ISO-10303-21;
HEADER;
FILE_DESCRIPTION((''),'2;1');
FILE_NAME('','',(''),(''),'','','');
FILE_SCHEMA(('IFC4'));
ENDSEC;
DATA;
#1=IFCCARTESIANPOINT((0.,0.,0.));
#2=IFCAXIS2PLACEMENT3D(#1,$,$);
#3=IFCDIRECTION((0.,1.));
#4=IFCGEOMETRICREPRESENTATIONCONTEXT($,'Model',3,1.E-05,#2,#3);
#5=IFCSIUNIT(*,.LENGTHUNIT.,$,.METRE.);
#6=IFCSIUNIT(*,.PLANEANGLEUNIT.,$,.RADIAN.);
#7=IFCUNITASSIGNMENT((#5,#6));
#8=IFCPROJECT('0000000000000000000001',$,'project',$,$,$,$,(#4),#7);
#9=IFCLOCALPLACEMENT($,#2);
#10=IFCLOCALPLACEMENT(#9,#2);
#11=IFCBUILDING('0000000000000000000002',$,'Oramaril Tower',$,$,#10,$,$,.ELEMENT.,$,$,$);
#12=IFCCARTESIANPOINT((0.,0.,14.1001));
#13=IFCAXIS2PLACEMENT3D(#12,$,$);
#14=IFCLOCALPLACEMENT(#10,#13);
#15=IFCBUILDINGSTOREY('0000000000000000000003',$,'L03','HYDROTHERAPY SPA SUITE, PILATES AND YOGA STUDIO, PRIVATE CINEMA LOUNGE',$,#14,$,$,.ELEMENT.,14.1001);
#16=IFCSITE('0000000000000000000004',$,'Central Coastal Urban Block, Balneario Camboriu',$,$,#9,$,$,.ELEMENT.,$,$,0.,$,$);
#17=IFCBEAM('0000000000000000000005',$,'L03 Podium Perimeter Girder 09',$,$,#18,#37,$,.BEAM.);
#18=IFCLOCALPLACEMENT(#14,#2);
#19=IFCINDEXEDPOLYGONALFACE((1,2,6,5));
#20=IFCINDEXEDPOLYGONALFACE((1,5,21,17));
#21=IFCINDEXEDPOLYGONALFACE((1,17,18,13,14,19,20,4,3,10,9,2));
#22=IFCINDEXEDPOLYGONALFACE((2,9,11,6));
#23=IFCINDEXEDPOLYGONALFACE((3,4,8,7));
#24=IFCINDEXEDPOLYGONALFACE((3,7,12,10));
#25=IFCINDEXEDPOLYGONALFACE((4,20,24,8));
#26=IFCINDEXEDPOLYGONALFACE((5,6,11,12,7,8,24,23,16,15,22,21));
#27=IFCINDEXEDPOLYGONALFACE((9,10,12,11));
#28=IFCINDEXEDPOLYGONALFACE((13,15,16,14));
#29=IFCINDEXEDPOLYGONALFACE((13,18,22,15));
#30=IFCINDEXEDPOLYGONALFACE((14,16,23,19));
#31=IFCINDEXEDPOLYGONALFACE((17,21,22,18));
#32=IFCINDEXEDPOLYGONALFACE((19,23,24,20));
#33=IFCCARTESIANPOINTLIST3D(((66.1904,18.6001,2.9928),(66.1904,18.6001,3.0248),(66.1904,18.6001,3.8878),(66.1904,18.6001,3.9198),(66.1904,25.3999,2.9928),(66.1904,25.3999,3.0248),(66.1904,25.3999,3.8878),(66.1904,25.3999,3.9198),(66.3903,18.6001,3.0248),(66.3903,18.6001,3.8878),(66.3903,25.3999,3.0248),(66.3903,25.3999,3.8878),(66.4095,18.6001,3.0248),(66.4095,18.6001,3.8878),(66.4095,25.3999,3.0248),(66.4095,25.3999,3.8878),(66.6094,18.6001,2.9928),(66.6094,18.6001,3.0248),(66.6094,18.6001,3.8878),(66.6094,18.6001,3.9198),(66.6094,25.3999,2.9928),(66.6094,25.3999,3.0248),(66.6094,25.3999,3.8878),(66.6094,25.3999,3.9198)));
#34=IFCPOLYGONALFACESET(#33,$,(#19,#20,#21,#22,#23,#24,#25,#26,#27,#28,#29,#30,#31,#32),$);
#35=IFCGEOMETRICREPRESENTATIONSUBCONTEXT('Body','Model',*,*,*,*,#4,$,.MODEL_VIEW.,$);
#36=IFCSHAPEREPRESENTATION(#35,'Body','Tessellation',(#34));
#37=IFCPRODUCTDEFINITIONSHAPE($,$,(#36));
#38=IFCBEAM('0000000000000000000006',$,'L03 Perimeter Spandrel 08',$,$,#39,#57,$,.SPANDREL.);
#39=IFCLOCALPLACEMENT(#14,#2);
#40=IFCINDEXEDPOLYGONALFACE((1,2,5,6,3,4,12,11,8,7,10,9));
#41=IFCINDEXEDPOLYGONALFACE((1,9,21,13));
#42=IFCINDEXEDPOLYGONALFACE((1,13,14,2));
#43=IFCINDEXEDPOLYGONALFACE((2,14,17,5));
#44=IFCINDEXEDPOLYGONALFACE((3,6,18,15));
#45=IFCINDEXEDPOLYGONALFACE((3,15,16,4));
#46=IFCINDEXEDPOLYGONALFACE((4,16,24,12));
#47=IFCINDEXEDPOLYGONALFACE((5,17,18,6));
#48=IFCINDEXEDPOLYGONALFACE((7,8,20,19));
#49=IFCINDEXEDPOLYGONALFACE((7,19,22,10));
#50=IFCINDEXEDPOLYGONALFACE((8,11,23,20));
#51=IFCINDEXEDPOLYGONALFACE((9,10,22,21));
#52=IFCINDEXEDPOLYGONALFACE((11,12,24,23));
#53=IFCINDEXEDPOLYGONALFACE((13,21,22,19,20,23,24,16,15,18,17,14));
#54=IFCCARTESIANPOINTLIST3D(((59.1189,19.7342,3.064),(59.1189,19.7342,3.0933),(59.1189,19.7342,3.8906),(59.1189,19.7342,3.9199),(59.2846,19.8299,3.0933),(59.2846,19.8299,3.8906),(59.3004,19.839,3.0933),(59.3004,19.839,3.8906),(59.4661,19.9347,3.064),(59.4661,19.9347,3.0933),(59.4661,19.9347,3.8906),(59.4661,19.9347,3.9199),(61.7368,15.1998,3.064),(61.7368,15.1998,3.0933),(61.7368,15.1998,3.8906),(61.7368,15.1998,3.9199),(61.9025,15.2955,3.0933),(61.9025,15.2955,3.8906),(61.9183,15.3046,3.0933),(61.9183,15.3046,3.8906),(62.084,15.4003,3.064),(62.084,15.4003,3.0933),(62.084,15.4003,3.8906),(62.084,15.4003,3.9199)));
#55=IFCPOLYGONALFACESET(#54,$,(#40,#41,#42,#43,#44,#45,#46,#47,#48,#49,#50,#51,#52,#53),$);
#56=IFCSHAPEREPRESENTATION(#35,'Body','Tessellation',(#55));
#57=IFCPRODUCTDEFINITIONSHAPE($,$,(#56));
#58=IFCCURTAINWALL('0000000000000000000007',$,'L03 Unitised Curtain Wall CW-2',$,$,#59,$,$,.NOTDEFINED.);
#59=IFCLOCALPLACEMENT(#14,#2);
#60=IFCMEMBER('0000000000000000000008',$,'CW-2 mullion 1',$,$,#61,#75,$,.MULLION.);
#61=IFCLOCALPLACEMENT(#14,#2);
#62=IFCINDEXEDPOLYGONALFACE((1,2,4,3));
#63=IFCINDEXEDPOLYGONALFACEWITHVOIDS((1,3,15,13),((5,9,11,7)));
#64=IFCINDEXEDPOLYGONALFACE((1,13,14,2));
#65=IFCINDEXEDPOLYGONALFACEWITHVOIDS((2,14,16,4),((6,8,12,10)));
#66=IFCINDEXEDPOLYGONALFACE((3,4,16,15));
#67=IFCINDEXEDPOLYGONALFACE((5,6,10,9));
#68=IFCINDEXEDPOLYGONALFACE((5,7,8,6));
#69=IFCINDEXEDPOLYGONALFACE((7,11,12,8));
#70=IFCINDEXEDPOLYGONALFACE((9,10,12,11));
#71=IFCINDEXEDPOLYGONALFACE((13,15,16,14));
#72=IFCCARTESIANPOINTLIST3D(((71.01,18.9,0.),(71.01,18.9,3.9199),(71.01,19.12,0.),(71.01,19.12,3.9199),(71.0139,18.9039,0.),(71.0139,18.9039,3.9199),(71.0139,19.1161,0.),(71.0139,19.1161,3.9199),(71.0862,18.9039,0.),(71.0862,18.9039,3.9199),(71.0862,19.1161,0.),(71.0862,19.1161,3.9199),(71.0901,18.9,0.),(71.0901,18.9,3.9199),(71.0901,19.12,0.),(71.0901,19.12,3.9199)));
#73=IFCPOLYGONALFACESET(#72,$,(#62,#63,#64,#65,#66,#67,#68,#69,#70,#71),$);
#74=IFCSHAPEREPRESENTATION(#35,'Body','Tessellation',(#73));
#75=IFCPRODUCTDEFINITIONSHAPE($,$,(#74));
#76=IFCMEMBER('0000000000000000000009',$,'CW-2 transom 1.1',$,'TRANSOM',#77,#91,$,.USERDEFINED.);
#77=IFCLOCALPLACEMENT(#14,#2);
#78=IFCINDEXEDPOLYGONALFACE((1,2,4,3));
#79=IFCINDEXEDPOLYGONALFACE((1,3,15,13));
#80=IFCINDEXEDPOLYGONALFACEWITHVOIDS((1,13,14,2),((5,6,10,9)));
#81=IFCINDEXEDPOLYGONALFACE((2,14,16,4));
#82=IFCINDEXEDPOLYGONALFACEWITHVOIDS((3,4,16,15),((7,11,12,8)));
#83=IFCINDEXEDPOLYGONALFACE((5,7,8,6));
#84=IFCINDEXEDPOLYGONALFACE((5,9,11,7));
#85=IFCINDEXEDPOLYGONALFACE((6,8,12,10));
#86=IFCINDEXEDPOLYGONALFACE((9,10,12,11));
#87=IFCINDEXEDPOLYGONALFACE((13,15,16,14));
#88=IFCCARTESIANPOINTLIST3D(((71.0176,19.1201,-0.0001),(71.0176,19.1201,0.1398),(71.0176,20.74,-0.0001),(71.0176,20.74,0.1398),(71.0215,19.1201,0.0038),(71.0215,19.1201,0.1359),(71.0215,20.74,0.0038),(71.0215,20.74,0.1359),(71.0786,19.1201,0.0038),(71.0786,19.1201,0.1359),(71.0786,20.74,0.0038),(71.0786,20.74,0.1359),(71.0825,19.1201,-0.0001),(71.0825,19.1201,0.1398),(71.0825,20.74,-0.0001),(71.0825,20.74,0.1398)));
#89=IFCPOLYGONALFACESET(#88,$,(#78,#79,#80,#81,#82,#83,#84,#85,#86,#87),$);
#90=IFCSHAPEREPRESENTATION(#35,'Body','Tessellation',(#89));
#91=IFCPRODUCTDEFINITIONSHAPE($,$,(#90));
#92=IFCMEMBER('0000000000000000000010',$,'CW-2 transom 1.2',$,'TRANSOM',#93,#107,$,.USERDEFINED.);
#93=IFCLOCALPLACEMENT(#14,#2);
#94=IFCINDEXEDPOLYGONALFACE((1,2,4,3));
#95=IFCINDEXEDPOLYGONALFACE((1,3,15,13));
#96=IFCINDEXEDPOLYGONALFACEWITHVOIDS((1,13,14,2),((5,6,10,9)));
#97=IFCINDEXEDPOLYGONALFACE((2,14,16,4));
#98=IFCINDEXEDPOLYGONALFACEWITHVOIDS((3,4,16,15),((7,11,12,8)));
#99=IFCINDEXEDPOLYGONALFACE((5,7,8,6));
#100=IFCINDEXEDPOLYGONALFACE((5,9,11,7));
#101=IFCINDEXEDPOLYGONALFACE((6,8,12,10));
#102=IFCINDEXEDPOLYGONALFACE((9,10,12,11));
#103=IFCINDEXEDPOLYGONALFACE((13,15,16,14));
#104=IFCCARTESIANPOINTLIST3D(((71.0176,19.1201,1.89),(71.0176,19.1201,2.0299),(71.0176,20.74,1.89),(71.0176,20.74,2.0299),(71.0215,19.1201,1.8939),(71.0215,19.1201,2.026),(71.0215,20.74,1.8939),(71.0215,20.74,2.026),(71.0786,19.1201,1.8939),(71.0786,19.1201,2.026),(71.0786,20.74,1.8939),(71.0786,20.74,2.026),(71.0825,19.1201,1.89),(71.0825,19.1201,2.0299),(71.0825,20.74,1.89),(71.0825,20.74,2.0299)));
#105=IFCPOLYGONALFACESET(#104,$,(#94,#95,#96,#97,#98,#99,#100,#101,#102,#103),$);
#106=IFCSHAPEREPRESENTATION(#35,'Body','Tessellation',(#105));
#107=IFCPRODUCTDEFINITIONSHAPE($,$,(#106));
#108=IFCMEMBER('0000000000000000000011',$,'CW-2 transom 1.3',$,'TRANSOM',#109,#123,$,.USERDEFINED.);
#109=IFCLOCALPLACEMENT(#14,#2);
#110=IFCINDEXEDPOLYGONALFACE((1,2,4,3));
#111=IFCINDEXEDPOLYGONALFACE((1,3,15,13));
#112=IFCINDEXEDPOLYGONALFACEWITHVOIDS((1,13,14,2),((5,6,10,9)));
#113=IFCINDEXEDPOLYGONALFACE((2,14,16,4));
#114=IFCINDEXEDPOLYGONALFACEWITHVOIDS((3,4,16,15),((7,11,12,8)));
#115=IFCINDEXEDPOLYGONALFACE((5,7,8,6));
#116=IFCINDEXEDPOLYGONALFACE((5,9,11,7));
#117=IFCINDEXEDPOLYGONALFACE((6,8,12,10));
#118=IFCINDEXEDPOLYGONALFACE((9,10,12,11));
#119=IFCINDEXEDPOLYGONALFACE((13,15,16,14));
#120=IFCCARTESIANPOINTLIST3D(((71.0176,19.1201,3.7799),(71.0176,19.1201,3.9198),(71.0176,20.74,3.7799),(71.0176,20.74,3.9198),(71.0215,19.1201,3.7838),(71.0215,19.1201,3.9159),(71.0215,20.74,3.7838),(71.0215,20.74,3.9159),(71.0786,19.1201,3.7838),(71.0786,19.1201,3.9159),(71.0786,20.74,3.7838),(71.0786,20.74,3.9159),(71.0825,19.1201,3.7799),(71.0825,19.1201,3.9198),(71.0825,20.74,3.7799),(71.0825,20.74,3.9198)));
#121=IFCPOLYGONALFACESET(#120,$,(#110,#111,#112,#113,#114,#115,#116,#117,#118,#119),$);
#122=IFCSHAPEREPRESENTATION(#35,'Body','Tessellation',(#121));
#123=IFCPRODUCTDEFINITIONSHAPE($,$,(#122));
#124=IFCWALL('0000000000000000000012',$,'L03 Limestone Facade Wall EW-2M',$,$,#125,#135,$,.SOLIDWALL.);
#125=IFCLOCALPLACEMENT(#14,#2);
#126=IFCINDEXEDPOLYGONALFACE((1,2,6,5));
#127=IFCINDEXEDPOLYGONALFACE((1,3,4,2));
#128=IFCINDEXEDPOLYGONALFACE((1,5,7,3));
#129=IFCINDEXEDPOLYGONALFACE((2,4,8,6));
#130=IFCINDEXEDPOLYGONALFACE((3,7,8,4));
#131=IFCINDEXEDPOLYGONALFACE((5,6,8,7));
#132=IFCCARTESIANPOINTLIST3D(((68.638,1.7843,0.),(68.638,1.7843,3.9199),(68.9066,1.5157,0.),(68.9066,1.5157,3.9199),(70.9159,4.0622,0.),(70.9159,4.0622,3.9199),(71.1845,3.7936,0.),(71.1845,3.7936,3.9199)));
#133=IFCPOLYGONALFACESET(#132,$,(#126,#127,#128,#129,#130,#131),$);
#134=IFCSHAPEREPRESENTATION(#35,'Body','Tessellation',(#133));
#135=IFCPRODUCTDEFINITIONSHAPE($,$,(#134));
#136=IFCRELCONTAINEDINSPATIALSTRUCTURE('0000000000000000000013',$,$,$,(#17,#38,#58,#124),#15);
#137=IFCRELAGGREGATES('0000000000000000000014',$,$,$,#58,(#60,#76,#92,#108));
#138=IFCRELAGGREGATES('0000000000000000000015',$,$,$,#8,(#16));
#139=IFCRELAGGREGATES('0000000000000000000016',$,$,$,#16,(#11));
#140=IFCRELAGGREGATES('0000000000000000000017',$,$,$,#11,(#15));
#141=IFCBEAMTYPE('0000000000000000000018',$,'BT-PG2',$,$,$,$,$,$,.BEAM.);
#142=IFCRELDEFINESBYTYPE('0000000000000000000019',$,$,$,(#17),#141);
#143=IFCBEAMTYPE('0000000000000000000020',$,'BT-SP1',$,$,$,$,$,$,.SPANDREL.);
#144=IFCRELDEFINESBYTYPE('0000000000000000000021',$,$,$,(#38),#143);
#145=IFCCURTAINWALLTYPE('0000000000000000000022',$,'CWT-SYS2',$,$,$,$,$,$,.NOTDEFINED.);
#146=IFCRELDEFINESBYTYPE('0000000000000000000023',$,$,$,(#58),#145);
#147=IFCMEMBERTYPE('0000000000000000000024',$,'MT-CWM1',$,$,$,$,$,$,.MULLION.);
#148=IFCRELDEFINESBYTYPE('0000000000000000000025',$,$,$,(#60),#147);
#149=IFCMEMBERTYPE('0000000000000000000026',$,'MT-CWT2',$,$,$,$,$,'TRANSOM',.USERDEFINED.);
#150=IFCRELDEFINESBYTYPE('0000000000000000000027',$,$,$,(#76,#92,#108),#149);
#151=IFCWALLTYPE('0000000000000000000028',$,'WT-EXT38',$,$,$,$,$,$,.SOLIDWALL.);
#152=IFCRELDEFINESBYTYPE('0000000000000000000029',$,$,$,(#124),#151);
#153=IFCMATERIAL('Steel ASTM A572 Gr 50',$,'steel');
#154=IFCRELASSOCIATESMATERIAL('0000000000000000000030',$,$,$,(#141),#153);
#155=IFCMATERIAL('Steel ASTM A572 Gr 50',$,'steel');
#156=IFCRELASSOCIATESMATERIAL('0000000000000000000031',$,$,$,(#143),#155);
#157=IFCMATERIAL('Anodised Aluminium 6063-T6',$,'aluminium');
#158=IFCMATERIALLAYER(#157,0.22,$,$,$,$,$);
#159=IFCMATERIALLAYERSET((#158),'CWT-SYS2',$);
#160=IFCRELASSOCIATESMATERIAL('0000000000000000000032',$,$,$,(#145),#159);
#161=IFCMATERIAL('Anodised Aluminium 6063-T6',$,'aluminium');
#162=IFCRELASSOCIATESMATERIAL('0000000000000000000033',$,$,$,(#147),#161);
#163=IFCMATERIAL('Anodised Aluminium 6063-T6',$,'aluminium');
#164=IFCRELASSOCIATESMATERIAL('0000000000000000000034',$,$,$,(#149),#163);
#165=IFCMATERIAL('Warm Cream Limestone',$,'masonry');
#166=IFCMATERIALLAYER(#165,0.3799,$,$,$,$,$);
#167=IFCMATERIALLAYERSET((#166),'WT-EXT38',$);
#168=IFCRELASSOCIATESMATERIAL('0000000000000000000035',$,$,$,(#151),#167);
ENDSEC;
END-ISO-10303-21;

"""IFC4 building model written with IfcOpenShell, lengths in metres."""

from ifc_helpers import new_model, si_unit, direction, frame, frame_2d, origin, origin_2d, place, context, subcontext, project, spatial, rectangle, hollow_rectangle, i_section, extrude, material, layer, layer_set, material_profile, profile_set, type_object, element, aggregate, save


model = new_model("IFC4")

# Units and contexts
model_context = context("Model", 3, precision=1e-05, world=origin(), true_north=direction((0.0, 1.0)))
body_context = subcontext(model_context, "Body", "Model", "MODEL_VIEW")
ifc_project = project(units=[si_unit("LENGTHUNIT", "METRE"), si_unit("PLANEANGLEUNIT", "RADIAN")], contexts=[model_context])

# Site, building, storey
site_placement = place(None, origin())
site = spatial("IfcSite", under=ifc_project, at=site_placement, Name="Central Coastal Urban Block, Balneario Camboriu", CompositionType="ELEMENT", RefElevation=0.0)
building_placement = place(site_placement, origin())
building = spatial("IfcBuilding", under=site, at=building_placement, Name="Oramaril Tower", CompositionType="ELEMENT")
storey_placement = place(building_placement, frame((0.0, 0.0, 14.1001)))
storey = spatial("IfcBuildingStorey", under=building, at=storey_placement, Name="L03", Description="HYDROTHERAPY SPA SUITE, PILATES AND YOGA STUDIO, PRIVATE CINEMA LOUNGE", CompositionType="ELEMENT", Elevation=14.1001)

# Beams
ifc_material_1 = material(Name="Steel ASTM A572 Gr 50", Category="steel")
ifc_material_profile_1 = material_profile(ifc_material_1, i_section(OverallWidth=0.4189, OverallDepth=0.927, WebThickness=0.0193, FlangeThickness=0.032, at=origin_2d()), Name="W36X231")
ifc_profile_set_1 = profile_set([ifc_material_profile_1], Name="Steel ASTM A572 Gr 50")
beam_type_1 = type_object("IfcBeamType", Name="BT-PG2", PredefinedType="BEAM", material=ifc_profile_set_1)
beam_1_placement = place(storey_placement, frame((66.3999, 18.6001, 3.4563), z_axis=(0.0, 1.0, 0.0), x_axis=(-1.0, 0.0, 0.0)))
element("IfcBeam", 1, at=beam_1_placement, inside=storey, type_object=beam_type_1, Name="L03 Podium Perimeter Girder 09", PredefinedType="BEAM", context=body_context, shape_type="SweptSolid", body=[
    extrude(i_section(OverallWidth=0.4189, OverallDepth=0.927, WebThickness=0.0193, FlangeThickness=0.032, at=origin_2d()), origin(), (0.0, 0.0, 1.0), 6.7998),
])
ifc_material_2 = material(Name="Steel ASTM A572 Gr 50", Category="steel")
ifc_material_profile_2 = material_profile(ifc_material_2, i_section(OverallWidth=0.4009, OverallDepth=0.856, WebThickness=0.0183, FlangeThickness=0.0293, at=origin_2d()), Name="W33X201")
ifc_profile_set_2 = profile_set([ifc_material_profile_2], Name="Steel ASTM A572 Gr 50")
beam_type_2 = type_object("IfcBeamType", Name="BT-SP1", PredefinedType="SPANDREL", material=ifc_profile_set_2)
beam_2_placement = place(storey_placement, frame((61.9104, 15.3, 3.4919), z_axis=(-0.499996, 0.866028, 0.0), x_axis=(-0.866028, -0.499996, 0.0)))
element("IfcBeam", 2, at=beam_2_placement, inside=storey, type_object=beam_type_2, Name="L03 Perimeter Spandrel 08", PredefinedType="SPANDREL", context=body_context, shape_type="SweptSolid", body=[
    extrude(i_section(OverallWidth=0.4009, OverallDepth=0.856, WebThickness=0.0183, FlangeThickness=0.0293, at=origin_2d()), origin(), (0.0, 0.0, 1.0), 5.2358),
])

# Curtain wall, members
ifc_material_3 = material(Name="Anodised Aluminium 6063-T6", Category="aluminium")
ifc_layer_1 = layer(ifc_material_3, 0.22)
ifc_layer_set_1 = layer_set([ifc_layer_1], Name="CWT-SYS2")
curtain_wall_type = type_object("IfcCurtainWallType", Name="CWT-SYS2", PredefinedType="NOTDEFINED", material=ifc_layer_set_1)
curtain_wall_placement = place(storey_placement, origin())
curtain_wall = element("IfcCurtainWall", 3, at=curtain_wall_placement, inside=storey, type_object=curtain_wall_type, Name="L03 Unitised Curtain Wall CW-2", PredefinedType="NOTDEFINED")
ifc_material_4 = material(Name="Anodised Aluminium 6063-T6", Category="aluminium")
ifc_material_profile_3 = material_profile(ifc_material_4, hollow_rectangle(XDim=0.0801, YDim=0.22, WallThickness=0.0039, at=origin_2d()), Name="CWM220X80")
ifc_profile_set_3 = profile_set([ifc_material_profile_3], Name="Anodised Aluminium 6063-T6")
member_type_1 = type_object("IfcMemberType", Name="MT-CWM1", PredefinedType="MULLION", material=ifc_profile_set_3)
member_1_placement = place(storey_placement, frame((71.05, 19.01, 0.0), z_axis=(0.0, 0.0, 1.0), x_axis=(-1.0, 0.0, 0.0)))
member_1 = element("IfcMember", 4, at=member_1_placement, type_object=member_type_1, Name="CW-2 mullion 1", PredefinedType="MULLION", context=body_context, shape_type="SweptSolid", body=[
    extrude(hollow_rectangle(XDim=0.0801, YDim=0.22, WallThickness=0.0039, at=origin_2d()), origin(), (0.0, 0.0, 1.0), 3.9199),
])
ifc_material_5 = material(Name="Anodised Aluminium 6063-T6", Category="aluminium")
ifc_material_profile_4 = material_profile(ifc_material_5, hollow_rectangle(XDim=0.0649, YDim=0.1399, WallThickness=0.0039, at=origin_2d()), Name="CWT140X65")
ifc_profile_set_4 = profile_set([ifc_material_profile_4], Name="Anodised Aluminium 6063-T6")
member_type_2 = type_object("IfcMemberType", Name="MT-CWT2", ElementType="TRANSOM", PredefinedType="USERDEFINED", material=ifc_profile_set_4)
member_2_placement = place(storey_placement, frame((71.05, 19.1201, 0.0698), z_axis=(0.0, 1.0, 0.0), x_axis=(-1.0, 0.0, 0.0)))
member_2 = element("IfcMember", 5, at=member_2_placement, type_object=member_type_2, Name="CW-2 transom 1.1", ObjectType="TRANSOM", PredefinedType="USERDEFINED", context=body_context, shape_type="SweptSolid", body=[
    extrude(hollow_rectangle(XDim=0.0649, YDim=0.1399, WallThickness=0.0039, at=origin_2d()), origin(), (0.0, 0.0, 1.0), 1.6199),
])
member_3_placement = place(storey_placement, frame((71.05, 19.1201, 1.96), z_axis=(0.0, 1.0, 0.0), x_axis=(-1.0, 0.0, 0.0)))
member_3 = element("IfcMember", 6, at=member_3_placement, type_object=member_type_2, Name="CW-2 transom 1.2", ObjectType="TRANSOM", PredefinedType="USERDEFINED", context=body_context, shape_type="SweptSolid", body=[
    extrude(hollow_rectangle(XDim=0.0649, YDim=0.1399, WallThickness=0.0039, at=origin_2d()), origin(), (0.0, 0.0, 1.0), 1.6199),
])
member_4_placement = place(storey_placement, frame((71.05, 19.1201, 3.8499), z_axis=(0.0, 1.0, 0.0), x_axis=(-1.0, 0.0, 0.0)))
member_4 = element("IfcMember", 7, at=member_4_placement, type_object=member_type_2, Name="CW-2 transom 1.3", ObjectType="TRANSOM", PredefinedType="USERDEFINED", context=body_context, shape_type="SweptSolid", body=[
    extrude(hollow_rectangle(XDim=0.0649, YDim=0.1399, WallThickness=0.0039, at=origin_2d()), origin(), (0.0, 0.0, 1.0), 1.6199),
])
aggregate(curtain_wall, [member_1, member_2, member_3, member_4])

# Wall
ifc_material_6 = material(Name="Warm Cream Limestone", Category="masonry")
ifc_layer_2 = layer(ifc_material_6, 0.3799)
ifc_layer_set_2 = layer_set([ifc_layer_2], Name="WT-EXT38")
wall_type_1 = type_object("IfcWallType", Name="WT-EXT38", PredefinedType="SOLIDWALL", material=ifc_layer_set_2)
wall_1_placement = place(storey_placement, frame((68.7722, 1.6499, 0.0), z_axis=(0.0, 0.0, 1.0), x_axis=(0.707107, 0.707107, 0.0)))
element("IfcWall", 8, at=wall_1_placement, inside=storey, type_object=wall_type_1, Name="L03 Limestone Facade Wall EW-2M", PredefinedType="SOLIDWALL", context=body_context, shape_type="SweptSolid", body=[
    extrude(rectangle(XDim=3.2214, YDim=0.3799, at=frame_2d((1.6108, 0.0))), origin(), (0.0, 0.0, 1.0), 3.9199),
])

save(model, "model.ifc")
